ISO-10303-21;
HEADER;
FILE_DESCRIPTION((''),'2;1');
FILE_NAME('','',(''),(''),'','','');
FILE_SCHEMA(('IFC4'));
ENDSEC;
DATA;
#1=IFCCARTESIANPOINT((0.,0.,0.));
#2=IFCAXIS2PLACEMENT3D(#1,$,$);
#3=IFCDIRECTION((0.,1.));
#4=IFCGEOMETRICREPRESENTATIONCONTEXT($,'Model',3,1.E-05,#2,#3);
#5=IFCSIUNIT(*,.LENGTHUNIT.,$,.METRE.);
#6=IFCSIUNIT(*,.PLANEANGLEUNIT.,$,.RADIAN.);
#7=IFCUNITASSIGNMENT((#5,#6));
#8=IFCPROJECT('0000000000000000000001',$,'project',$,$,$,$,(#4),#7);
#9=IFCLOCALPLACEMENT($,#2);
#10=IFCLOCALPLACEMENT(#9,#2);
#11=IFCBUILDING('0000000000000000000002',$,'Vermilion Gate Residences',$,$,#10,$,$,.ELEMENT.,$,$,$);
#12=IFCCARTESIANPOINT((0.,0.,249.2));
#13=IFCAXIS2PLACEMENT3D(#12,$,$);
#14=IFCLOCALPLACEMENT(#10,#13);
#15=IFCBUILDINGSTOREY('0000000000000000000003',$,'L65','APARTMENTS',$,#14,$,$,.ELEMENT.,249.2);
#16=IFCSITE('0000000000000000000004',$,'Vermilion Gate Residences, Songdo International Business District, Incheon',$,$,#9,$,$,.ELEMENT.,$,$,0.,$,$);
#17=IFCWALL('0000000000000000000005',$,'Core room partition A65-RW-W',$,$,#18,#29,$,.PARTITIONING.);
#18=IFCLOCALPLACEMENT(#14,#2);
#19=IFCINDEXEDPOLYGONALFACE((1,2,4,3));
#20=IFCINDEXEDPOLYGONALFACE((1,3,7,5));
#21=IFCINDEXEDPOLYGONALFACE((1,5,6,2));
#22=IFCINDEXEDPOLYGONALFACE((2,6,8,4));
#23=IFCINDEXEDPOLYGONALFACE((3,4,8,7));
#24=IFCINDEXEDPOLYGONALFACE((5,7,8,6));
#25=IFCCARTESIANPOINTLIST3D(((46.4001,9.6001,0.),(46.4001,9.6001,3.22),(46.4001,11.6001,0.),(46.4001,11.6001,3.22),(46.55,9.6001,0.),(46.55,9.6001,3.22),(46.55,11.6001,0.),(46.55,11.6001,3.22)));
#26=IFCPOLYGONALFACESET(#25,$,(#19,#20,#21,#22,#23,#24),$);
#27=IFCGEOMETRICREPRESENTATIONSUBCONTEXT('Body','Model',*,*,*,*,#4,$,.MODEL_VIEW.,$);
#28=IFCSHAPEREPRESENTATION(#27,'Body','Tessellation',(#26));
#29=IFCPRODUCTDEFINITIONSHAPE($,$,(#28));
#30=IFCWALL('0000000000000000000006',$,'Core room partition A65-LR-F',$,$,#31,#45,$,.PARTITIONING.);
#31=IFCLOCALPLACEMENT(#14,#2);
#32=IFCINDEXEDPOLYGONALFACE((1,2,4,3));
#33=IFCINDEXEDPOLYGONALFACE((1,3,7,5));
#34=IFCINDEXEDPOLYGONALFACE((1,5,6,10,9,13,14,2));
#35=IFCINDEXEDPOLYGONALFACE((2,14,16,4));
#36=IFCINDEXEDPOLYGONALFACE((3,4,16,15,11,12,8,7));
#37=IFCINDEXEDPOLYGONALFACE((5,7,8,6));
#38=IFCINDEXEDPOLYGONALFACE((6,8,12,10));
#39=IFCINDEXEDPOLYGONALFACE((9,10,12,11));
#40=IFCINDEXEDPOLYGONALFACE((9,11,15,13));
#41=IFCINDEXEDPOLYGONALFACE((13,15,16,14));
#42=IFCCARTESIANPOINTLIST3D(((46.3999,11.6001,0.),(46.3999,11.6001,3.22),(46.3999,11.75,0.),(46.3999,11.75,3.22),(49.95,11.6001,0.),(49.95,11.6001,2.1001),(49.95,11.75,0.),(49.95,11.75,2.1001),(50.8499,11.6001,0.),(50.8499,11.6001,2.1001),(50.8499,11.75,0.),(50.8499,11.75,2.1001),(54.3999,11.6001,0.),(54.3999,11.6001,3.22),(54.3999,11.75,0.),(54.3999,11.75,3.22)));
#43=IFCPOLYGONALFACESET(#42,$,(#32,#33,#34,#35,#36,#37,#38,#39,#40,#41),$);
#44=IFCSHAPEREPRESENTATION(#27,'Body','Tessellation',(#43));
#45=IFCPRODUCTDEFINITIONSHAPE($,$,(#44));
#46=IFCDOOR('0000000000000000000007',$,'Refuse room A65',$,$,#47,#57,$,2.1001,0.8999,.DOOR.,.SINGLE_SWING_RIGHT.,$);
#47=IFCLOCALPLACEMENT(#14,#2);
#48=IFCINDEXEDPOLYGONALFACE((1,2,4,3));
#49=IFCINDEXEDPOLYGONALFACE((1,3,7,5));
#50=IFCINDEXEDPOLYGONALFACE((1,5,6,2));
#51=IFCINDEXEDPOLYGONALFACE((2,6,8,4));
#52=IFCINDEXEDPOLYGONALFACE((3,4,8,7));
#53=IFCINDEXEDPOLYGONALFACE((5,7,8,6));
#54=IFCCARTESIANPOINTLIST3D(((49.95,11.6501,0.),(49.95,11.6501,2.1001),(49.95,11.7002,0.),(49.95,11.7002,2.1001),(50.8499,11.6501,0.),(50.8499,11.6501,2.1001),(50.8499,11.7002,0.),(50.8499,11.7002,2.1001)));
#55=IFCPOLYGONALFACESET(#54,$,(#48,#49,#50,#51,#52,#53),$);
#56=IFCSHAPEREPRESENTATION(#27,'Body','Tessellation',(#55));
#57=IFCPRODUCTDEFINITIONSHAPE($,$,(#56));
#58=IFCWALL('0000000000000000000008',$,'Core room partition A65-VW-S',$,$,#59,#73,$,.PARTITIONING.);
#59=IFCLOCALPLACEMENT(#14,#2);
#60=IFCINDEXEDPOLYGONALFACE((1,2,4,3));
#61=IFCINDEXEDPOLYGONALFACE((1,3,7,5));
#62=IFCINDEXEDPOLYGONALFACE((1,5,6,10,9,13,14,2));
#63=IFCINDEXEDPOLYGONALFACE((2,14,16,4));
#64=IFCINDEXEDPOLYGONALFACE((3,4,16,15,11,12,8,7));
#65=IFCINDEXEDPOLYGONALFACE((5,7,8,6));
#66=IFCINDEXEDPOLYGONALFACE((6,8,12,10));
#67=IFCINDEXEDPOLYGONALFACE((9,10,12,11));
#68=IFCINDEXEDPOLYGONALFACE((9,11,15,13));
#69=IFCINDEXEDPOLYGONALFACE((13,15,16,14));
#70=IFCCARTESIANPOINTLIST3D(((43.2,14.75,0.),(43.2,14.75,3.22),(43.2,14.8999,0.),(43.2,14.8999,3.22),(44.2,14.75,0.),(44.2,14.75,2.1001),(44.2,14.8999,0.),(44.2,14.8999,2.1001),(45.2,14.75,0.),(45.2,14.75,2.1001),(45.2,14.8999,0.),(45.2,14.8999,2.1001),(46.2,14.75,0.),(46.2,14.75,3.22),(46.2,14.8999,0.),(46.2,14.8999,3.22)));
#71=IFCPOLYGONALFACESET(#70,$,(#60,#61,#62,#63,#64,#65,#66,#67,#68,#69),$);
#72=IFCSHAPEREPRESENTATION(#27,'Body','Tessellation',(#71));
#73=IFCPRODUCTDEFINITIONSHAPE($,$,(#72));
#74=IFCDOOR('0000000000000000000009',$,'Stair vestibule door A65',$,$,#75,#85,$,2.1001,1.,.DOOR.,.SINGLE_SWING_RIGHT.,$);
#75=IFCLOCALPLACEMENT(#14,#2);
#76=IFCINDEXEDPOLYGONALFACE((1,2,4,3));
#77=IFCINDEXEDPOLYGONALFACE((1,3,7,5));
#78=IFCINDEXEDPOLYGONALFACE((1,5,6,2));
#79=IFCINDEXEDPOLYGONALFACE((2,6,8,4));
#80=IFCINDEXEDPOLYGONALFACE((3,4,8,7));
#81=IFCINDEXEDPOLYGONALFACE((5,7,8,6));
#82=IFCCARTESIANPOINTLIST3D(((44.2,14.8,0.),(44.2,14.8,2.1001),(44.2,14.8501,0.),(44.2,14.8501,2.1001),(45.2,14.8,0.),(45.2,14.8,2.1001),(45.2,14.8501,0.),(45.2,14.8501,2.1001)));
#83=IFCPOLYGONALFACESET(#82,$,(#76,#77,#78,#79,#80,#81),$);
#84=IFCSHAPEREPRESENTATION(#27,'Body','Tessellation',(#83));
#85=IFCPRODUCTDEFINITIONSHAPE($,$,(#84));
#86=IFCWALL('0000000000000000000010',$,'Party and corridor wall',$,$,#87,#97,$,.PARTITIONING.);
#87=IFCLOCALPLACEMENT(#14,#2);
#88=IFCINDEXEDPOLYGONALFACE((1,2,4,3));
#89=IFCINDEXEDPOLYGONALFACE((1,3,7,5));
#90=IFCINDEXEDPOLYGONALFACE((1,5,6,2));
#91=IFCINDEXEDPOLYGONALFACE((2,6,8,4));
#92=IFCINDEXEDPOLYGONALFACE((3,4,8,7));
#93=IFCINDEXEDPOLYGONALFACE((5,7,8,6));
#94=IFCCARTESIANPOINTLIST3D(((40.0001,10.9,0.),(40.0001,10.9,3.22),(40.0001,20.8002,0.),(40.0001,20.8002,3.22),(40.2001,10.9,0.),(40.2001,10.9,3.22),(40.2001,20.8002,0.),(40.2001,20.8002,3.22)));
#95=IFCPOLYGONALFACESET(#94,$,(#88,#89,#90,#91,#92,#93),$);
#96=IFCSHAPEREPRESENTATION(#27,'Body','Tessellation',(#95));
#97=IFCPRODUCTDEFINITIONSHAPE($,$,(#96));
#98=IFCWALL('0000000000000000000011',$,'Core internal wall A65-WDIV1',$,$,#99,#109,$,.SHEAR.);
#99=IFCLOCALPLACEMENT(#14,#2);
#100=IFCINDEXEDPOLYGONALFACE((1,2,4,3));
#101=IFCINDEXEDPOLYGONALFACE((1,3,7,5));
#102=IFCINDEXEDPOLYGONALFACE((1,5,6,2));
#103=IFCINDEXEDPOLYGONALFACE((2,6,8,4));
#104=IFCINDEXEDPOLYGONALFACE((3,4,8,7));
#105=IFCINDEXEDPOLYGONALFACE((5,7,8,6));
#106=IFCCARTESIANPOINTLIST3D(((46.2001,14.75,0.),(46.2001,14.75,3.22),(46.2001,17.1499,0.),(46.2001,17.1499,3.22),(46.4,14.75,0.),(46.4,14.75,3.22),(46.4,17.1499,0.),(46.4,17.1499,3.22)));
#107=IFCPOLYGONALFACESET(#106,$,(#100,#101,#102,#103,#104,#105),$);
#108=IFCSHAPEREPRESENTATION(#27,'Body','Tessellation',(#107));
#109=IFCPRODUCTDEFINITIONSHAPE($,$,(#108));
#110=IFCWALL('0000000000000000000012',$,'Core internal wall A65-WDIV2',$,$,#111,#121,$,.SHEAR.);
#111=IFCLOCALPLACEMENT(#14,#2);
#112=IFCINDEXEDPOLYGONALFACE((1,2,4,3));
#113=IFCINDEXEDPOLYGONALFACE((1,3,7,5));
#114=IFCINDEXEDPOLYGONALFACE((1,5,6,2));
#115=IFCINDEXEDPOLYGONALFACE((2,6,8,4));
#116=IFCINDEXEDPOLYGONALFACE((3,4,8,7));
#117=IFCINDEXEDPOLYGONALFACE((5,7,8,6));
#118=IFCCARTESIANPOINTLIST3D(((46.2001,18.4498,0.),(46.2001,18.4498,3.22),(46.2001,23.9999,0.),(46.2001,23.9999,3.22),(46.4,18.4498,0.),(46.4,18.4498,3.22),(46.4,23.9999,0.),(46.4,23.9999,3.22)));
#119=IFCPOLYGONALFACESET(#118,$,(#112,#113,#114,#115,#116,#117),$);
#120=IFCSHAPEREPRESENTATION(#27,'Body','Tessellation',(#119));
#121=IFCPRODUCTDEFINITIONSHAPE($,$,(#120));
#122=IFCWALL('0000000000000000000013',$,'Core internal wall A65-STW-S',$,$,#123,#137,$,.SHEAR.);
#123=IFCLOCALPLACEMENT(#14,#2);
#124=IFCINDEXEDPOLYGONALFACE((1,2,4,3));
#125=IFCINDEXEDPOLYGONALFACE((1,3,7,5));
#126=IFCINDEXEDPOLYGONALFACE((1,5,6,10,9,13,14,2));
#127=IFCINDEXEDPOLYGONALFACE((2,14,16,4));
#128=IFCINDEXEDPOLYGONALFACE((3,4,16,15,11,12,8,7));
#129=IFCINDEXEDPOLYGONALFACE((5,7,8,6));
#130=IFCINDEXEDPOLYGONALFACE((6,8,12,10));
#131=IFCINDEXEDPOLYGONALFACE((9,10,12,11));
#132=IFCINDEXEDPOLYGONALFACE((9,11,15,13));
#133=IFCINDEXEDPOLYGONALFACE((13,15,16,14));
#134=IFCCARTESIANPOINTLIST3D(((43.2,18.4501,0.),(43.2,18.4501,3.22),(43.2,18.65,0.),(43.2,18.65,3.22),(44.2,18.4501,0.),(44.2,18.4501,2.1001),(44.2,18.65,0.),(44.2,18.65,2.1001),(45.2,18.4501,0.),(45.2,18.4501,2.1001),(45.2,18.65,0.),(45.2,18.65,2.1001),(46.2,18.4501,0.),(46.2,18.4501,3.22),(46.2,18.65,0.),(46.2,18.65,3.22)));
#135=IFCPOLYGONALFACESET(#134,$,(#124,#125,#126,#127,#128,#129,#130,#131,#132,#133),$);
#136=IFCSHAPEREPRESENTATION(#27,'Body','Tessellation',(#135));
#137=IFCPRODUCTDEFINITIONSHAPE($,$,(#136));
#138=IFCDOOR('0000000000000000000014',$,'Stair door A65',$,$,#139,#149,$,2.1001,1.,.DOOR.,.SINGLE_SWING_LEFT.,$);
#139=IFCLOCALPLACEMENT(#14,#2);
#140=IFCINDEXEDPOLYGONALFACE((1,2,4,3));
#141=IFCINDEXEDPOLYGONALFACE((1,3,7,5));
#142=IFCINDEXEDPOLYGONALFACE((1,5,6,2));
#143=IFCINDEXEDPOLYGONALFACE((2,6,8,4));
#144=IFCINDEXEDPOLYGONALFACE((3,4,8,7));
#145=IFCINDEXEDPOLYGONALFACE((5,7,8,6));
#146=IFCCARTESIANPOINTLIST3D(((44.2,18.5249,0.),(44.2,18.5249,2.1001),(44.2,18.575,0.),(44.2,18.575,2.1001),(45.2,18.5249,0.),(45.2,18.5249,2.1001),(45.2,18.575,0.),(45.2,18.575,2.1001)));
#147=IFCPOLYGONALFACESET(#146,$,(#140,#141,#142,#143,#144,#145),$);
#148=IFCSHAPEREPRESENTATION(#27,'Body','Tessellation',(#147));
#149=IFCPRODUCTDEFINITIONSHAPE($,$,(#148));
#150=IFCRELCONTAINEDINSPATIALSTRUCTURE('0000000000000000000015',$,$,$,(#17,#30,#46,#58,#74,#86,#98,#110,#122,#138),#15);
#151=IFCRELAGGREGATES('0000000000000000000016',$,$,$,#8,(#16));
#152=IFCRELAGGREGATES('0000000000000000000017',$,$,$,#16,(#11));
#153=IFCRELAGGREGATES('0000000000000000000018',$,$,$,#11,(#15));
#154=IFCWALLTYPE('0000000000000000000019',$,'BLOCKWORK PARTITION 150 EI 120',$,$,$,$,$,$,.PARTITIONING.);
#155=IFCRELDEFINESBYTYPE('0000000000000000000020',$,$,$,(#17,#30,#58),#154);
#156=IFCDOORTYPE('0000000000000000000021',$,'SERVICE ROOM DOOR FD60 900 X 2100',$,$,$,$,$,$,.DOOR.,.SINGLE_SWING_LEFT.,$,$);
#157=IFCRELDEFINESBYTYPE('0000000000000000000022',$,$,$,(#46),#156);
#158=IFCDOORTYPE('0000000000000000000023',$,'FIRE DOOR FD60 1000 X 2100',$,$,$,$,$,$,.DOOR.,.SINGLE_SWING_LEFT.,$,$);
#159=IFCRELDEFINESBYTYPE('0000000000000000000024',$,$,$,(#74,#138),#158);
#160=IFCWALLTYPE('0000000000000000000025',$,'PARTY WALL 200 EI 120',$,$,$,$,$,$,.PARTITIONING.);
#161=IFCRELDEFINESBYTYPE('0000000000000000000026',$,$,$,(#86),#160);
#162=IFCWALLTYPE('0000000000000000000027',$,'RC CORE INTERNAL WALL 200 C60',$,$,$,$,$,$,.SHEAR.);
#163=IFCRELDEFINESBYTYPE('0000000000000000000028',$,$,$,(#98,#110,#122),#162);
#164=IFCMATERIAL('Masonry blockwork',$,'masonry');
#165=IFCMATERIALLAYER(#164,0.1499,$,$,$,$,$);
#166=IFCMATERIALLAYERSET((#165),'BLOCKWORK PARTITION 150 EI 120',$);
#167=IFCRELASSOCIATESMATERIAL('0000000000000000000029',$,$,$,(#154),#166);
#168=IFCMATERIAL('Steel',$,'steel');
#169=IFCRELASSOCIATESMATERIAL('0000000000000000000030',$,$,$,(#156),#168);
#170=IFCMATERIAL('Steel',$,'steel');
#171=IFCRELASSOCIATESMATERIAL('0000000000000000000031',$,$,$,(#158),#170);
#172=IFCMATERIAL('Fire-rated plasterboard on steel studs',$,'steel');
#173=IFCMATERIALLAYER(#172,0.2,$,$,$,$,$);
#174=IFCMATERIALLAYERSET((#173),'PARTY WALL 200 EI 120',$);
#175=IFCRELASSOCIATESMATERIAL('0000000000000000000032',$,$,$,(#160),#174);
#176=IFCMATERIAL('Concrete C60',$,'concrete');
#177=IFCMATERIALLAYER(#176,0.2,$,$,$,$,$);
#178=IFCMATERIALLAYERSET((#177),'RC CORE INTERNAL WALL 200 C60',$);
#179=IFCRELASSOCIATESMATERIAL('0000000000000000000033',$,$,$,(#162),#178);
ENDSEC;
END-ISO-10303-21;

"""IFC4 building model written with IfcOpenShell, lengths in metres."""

from ifc_helpers import new_model, si_unit, direction, frame, frame_2d, origin, place, context, subcontext, project, spatial, rectangle, extrude, material, layer, layer_set, type_object, element, fill, save


model = new_model("IFC4")

# Units and contexts
model_context = context("Model", 3, precision=1e-05, world=origin(), true_north=direction((0.0, 1.0)))
body_context = subcontext(model_context, "Body", "Model", "MODEL_VIEW")
ifc_project = project(units=[si_unit("LENGTHUNIT", "METRE"), si_unit("PLANEANGLEUNIT", "RADIAN")], contexts=[model_context])

# Site, building, storey
site_placement = place(None, origin())
site = spatial("IfcSite", under=ifc_project, at=site_placement, Name="Vermilion Gate Residences, Songdo International Business District, Incheon", CompositionType="ELEMENT", RefElevation=0.0)
building_placement = place(site_placement, origin())
building = spatial("IfcBuilding", under=site, at=building_placement, Name="Vermilion Gate Residences", CompositionType="ELEMENT")
storey_placement = place(building_placement, frame((0.0, 0.0, 249.2)))
storey = spatial("IfcBuildingStorey", under=building, at=storey_placement, Name="L65", Description="APARTMENTS", CompositionType="ELEMENT", Elevation=249.2)

# Wall
ifc_material_1 = material(Name="Masonry blockwork", Category="masonry")
ifc_layer_1 = layer(ifc_material_1, 0.1499)
ifc_layer_set_1 = layer_set([ifc_layer_1], Name="BLOCKWORK PARTITION 150 EI 120")
wall_type_1 = type_object("IfcWallType", Name="BLOCKWORK PARTITION 150 EI 120", PredefinedType="PARTITIONING", material=ifc_layer_set_1)
wall_1_placement = place(storey_placement, frame((46.4751, 9.6001, 0.0), z_axis=(0.0, 0.0, 1.0), x_axis=(0.0, 1.0, 0.0)))
element("IfcWall", 1, at=wall_1_placement, inside=storey, type_object=wall_type_1, Name="Core room partition A65-RW-W", PredefinedType="PARTITIONING", context=body_context, shape_type="SweptSolid", body=[
    extrude(rectangle(XDim=2.0, YDim=0.1499, at=frame_2d((1.0, 0.0))), origin(), (0.0, 0.0, 1.0), 3.22),
])

# Walls, openings, doors
wall_2_placement = place(storey_placement, frame((46.3999, 11.675, 0.0), z_axis=(0.0, 0.0, 1.0), x_axis=(1.0, 0.0, 0.0)))
wall_2 = element("IfcWall", 2, at=wall_2_placement, inside=storey, type_object=wall_type_1, Name="Core room partition A65-LR-F", PredefinedType="PARTITIONING", context=body_context, shape_type="SweptSolid", body=[
    extrude(rectangle(XDim=8.0, YDim=0.1499, at=frame_2d((4.0, 0.0))), origin(), (0.0, 0.0, 1.0), 3.22),
])
opening_1_placement = place(wall_2_placement, frame((3.55, 0.0, 0.0)))
opening_1 = element("IfcOpeningElement", 3, at=opening_1_placement, cuts=wall_2, PredefinedType="OPENING", context=body_context, shape_type="SweptSolid", body=[
    extrude(rectangle(XDim=0.8999, YDim=2.1001, at=frame_2d((0.45, 1.05))), frame((0.0, 0.085, 0.0), z_axis=(0.0, -1.0, 0.0), x_axis=(1.0, 0.0, 0.0)), (0.0, 0.0, 1.0), 0.1699),
])
ifc_material_2 = material(Name="Steel", Category="steel")
door_type_1 = type_object("IfcDoorType", Name="SERVICE ROOM DOOR FD60 900 X 2100", OperationType="SINGLE_SWING_LEFT", PredefinedType="DOOR", material=ifc_material_2)
door_1_placement = place(opening_1_placement, frame((0.8999, 0.0, 0.0), z_axis=(0.0, 0.0, 1.0), x_axis=(-1.0, 0.0, 0.0)))
door_1 = element("IfcDoor", 4, at=door_1_placement, inside=storey, type_object=door_type_1, Name="Refuse room A65", OperationType="SINGLE_SWING_RIGHT", OverallHeight=2.1001, OverallWidth=0.8999, PredefinedType="DOOR", context=body_context, shape_type="SweptSolid", body=[
    extrude(rectangle(XDim=0.8999, YDim=2.1001, at=frame_2d((0.45, 1.05))), frame((0.0, 0.0249, 0.0), z_axis=(0.0, -1.0, 0.0), x_axis=(1.0, 0.0, 0.0)), (0.0, 0.0, 1.0), 0.05),
])
fill(opening_1, door_1)
wall_3_placement = place(storey_placement, frame((43.2, 14.825, 0.0), z_axis=(0.0, 0.0, 1.0), x_axis=(1.0, 0.0, 0.0)))
wall_3 = element("IfcWall", 5, at=wall_3_placement, inside=storey, type_object=wall_type_1, Name="Core room partition A65-VW-S", PredefinedType="PARTITIONING", context=body_context, shape_type="SweptSolid", body=[
    extrude(rectangle(XDim=3.0, YDim=0.1499, at=frame_2d((1.5, 0.0))), origin(), (0.0, 0.0, 1.0), 3.22),
])
opening_2_placement = place(wall_3_placement, frame((1.0, 0.0, 0.0)))
opening_2 = element("IfcOpeningElement", 6, at=opening_2_placement, cuts=wall_3, PredefinedType="OPENING", context=body_context, shape_type="SweptSolid", body=[
    extrude(rectangle(XDim=1.0, YDim=2.1001, at=frame_2d((0.5, 1.05))), frame((0.0, 0.085, 0.0), z_axis=(0.0, -1.0, 0.0), x_axis=(1.0, 0.0, 0.0)), (0.0, 0.0, 1.0), 0.1699),
])
ifc_material_3 = material(Name="Steel", Category="steel")
door_type_2 = type_object("IfcDoorType", Name="FIRE DOOR FD60 1000 X 2100", OperationType="SINGLE_SWING_LEFT", PredefinedType="DOOR", material=ifc_material_3)
door_2_placement = place(opening_2_placement, frame((1.0, 0.0, 0.0), z_axis=(0.0, 0.0, 1.0), x_axis=(-1.0, 0.0, 0.0)))
door_2 = element("IfcDoor", 7, at=door_2_placement, inside=storey, type_object=door_type_2, Name="Stair vestibule door A65", OperationType="SINGLE_SWING_RIGHT", OverallHeight=2.1001, OverallWidth=1.0, PredefinedType="DOOR", context=body_context, shape_type="SweptSolid", body=[
    extrude(rectangle(XDim=1.0, YDim=2.1001, at=frame_2d((0.5, 1.05))), frame((0.0, 0.0249, 0.0), z_axis=(0.0, -1.0, 0.0), x_axis=(1.0, 0.0, 0.0)), (0.0, 0.0, 1.0), 0.05),
])
fill(opening_2, door_2)

# Walls
ifc_material_4 = material(Name="Fire-rated plasterboard on steel studs", Category="steel")
ifc_layer_2 = layer(ifc_material_4, 0.2)
ifc_layer_set_2 = layer_set([ifc_layer_2], Name="PARTY WALL 200 EI 120")
wall_type_2 = type_object("IfcWallType", Name="PARTY WALL 200 EI 120", PredefinedType="PARTITIONING", material=ifc_layer_set_2)
wall_4_placement = place(storey_placement, frame((40.1001, 10.8999, 0.0), z_axis=(0.0, 0.0, 1.0), x_axis=(0.0, 1.0, 0.0)))
element("IfcWall", 8, at=wall_4_placement, inside=storey, type_object=wall_type_2, Name="Party and corridor wall", PredefinedType="PARTITIONING", context=body_context, shape_type="SweptSolid", body=[
    extrude(rectangle(XDim=9.9001, YDim=0.2, at=frame_2d((4.9502, 0.0))), origin(), (0.0, 0.0, 1.0), 3.22),
])
ifc_material_5 = material(Name="Concrete C60", Category="concrete")
ifc_layer_3 = layer(ifc_material_5, 0.2)
ifc_layer_set_3 = layer_set([ifc_layer_3], Name="RC CORE INTERNAL WALL 200 C60")
wall_type_3 = type_object("IfcWallType", Name="RC CORE INTERNAL WALL 200 C60", PredefinedType="SHEAR", material=ifc_layer_set_3)
wall_5_placement = place(storey_placement, frame((46.3, 14.75, 0.0), z_axis=(0.0, 0.0, 1.0), x_axis=(0.0, 1.0, 0.0)))
element("IfcWall", 9, at=wall_5_placement, inside=storey, type_object=wall_type_3, Name="Core internal wall A65-WDIV1", PredefinedType="SHEAR", context=body_context, shape_type="SweptSolid", body=[
    extrude(rectangle(XDim=2.3999, YDim=0.2, at=frame_2d((1.2, 0.0))), origin(), (0.0, 0.0, 1.0), 3.22),
])
wall_6_placement = place(storey_placement, frame((46.3, 18.45, 0.0), z_axis=(0.0, 0.0, 1.0), x_axis=(0.0, 1.0, 0.0)))
element("IfcWall", 10, at=wall_6_placement, inside=storey, type_object=wall_type_3, Name="Core internal wall A65-WDIV2", PredefinedType="SHEAR", context=body_context, shape_type="SweptSolid", body=[
    extrude(rectangle(XDim=5.55, YDim=0.2, at=frame_2d((2.7749, 0.0))), origin(), (0.0, 0.0, 1.0), 3.22),
])

# Wall, opening, door
wall_7_placement = place(storey_placement, frame((43.2, 18.55, 0.0), z_axis=(0.0, 0.0, 1.0), x_axis=(1.0, 0.0, 0.0)))
wall_7 = element("IfcWall", 11, at=wall_7_placement, inside=storey, type_object=wall_type_3, Name="Core internal wall A65-STW-S", PredefinedType="SHEAR", context=body_context, shape_type="SweptSolid", body=[
    extrude(rectangle(XDim=3.0, YDim=0.2, at=frame_2d((1.5, 0.0))), origin(), (0.0, 0.0, 1.0), 3.22),
])
opening_3_placement = place(wall_7_placement, frame((1.0, 0.0, 0.0)))
opening_3 = element("IfcOpeningElement", 12, at=opening_3_placement, cuts=wall_7, PredefinedType="OPENING", context=body_context, shape_type="SweptSolid", body=[
    extrude(rectangle(XDim=1.0, YDim=2.1001, at=frame_2d((0.5, 1.05))), frame((0.0, 0.1099, 0.0), z_axis=(0.0, -1.0, 0.0), x_axis=(1.0, 0.0, 0.0)), (0.0, 0.0, 1.0), 0.22),
])
door_3_placement = place(opening_3_placement, origin())
door_3 = element("IfcDoor", 13, at=door_3_placement, inside=storey, type_object=door_type_2, Name="Stair door A65", OperationType="SINGLE_SWING_LEFT", OverallHeight=2.1001, OverallWidth=1.0, PredefinedType="DOOR", context=body_context, shape_type="SweptSolid", body=[
    extrude(rectangle(XDim=1.0, YDim=2.1001, at=frame_2d((0.5, 1.05))), frame((0.0, 0.0249, 0.0), z_axis=(0.0, -1.0, 0.0), x_axis=(1.0, 0.0, 0.0)), (0.0, 0.0, 1.0), 0.05),
])
fill(opening_3, door_3)

save(model, "model.ifc")
